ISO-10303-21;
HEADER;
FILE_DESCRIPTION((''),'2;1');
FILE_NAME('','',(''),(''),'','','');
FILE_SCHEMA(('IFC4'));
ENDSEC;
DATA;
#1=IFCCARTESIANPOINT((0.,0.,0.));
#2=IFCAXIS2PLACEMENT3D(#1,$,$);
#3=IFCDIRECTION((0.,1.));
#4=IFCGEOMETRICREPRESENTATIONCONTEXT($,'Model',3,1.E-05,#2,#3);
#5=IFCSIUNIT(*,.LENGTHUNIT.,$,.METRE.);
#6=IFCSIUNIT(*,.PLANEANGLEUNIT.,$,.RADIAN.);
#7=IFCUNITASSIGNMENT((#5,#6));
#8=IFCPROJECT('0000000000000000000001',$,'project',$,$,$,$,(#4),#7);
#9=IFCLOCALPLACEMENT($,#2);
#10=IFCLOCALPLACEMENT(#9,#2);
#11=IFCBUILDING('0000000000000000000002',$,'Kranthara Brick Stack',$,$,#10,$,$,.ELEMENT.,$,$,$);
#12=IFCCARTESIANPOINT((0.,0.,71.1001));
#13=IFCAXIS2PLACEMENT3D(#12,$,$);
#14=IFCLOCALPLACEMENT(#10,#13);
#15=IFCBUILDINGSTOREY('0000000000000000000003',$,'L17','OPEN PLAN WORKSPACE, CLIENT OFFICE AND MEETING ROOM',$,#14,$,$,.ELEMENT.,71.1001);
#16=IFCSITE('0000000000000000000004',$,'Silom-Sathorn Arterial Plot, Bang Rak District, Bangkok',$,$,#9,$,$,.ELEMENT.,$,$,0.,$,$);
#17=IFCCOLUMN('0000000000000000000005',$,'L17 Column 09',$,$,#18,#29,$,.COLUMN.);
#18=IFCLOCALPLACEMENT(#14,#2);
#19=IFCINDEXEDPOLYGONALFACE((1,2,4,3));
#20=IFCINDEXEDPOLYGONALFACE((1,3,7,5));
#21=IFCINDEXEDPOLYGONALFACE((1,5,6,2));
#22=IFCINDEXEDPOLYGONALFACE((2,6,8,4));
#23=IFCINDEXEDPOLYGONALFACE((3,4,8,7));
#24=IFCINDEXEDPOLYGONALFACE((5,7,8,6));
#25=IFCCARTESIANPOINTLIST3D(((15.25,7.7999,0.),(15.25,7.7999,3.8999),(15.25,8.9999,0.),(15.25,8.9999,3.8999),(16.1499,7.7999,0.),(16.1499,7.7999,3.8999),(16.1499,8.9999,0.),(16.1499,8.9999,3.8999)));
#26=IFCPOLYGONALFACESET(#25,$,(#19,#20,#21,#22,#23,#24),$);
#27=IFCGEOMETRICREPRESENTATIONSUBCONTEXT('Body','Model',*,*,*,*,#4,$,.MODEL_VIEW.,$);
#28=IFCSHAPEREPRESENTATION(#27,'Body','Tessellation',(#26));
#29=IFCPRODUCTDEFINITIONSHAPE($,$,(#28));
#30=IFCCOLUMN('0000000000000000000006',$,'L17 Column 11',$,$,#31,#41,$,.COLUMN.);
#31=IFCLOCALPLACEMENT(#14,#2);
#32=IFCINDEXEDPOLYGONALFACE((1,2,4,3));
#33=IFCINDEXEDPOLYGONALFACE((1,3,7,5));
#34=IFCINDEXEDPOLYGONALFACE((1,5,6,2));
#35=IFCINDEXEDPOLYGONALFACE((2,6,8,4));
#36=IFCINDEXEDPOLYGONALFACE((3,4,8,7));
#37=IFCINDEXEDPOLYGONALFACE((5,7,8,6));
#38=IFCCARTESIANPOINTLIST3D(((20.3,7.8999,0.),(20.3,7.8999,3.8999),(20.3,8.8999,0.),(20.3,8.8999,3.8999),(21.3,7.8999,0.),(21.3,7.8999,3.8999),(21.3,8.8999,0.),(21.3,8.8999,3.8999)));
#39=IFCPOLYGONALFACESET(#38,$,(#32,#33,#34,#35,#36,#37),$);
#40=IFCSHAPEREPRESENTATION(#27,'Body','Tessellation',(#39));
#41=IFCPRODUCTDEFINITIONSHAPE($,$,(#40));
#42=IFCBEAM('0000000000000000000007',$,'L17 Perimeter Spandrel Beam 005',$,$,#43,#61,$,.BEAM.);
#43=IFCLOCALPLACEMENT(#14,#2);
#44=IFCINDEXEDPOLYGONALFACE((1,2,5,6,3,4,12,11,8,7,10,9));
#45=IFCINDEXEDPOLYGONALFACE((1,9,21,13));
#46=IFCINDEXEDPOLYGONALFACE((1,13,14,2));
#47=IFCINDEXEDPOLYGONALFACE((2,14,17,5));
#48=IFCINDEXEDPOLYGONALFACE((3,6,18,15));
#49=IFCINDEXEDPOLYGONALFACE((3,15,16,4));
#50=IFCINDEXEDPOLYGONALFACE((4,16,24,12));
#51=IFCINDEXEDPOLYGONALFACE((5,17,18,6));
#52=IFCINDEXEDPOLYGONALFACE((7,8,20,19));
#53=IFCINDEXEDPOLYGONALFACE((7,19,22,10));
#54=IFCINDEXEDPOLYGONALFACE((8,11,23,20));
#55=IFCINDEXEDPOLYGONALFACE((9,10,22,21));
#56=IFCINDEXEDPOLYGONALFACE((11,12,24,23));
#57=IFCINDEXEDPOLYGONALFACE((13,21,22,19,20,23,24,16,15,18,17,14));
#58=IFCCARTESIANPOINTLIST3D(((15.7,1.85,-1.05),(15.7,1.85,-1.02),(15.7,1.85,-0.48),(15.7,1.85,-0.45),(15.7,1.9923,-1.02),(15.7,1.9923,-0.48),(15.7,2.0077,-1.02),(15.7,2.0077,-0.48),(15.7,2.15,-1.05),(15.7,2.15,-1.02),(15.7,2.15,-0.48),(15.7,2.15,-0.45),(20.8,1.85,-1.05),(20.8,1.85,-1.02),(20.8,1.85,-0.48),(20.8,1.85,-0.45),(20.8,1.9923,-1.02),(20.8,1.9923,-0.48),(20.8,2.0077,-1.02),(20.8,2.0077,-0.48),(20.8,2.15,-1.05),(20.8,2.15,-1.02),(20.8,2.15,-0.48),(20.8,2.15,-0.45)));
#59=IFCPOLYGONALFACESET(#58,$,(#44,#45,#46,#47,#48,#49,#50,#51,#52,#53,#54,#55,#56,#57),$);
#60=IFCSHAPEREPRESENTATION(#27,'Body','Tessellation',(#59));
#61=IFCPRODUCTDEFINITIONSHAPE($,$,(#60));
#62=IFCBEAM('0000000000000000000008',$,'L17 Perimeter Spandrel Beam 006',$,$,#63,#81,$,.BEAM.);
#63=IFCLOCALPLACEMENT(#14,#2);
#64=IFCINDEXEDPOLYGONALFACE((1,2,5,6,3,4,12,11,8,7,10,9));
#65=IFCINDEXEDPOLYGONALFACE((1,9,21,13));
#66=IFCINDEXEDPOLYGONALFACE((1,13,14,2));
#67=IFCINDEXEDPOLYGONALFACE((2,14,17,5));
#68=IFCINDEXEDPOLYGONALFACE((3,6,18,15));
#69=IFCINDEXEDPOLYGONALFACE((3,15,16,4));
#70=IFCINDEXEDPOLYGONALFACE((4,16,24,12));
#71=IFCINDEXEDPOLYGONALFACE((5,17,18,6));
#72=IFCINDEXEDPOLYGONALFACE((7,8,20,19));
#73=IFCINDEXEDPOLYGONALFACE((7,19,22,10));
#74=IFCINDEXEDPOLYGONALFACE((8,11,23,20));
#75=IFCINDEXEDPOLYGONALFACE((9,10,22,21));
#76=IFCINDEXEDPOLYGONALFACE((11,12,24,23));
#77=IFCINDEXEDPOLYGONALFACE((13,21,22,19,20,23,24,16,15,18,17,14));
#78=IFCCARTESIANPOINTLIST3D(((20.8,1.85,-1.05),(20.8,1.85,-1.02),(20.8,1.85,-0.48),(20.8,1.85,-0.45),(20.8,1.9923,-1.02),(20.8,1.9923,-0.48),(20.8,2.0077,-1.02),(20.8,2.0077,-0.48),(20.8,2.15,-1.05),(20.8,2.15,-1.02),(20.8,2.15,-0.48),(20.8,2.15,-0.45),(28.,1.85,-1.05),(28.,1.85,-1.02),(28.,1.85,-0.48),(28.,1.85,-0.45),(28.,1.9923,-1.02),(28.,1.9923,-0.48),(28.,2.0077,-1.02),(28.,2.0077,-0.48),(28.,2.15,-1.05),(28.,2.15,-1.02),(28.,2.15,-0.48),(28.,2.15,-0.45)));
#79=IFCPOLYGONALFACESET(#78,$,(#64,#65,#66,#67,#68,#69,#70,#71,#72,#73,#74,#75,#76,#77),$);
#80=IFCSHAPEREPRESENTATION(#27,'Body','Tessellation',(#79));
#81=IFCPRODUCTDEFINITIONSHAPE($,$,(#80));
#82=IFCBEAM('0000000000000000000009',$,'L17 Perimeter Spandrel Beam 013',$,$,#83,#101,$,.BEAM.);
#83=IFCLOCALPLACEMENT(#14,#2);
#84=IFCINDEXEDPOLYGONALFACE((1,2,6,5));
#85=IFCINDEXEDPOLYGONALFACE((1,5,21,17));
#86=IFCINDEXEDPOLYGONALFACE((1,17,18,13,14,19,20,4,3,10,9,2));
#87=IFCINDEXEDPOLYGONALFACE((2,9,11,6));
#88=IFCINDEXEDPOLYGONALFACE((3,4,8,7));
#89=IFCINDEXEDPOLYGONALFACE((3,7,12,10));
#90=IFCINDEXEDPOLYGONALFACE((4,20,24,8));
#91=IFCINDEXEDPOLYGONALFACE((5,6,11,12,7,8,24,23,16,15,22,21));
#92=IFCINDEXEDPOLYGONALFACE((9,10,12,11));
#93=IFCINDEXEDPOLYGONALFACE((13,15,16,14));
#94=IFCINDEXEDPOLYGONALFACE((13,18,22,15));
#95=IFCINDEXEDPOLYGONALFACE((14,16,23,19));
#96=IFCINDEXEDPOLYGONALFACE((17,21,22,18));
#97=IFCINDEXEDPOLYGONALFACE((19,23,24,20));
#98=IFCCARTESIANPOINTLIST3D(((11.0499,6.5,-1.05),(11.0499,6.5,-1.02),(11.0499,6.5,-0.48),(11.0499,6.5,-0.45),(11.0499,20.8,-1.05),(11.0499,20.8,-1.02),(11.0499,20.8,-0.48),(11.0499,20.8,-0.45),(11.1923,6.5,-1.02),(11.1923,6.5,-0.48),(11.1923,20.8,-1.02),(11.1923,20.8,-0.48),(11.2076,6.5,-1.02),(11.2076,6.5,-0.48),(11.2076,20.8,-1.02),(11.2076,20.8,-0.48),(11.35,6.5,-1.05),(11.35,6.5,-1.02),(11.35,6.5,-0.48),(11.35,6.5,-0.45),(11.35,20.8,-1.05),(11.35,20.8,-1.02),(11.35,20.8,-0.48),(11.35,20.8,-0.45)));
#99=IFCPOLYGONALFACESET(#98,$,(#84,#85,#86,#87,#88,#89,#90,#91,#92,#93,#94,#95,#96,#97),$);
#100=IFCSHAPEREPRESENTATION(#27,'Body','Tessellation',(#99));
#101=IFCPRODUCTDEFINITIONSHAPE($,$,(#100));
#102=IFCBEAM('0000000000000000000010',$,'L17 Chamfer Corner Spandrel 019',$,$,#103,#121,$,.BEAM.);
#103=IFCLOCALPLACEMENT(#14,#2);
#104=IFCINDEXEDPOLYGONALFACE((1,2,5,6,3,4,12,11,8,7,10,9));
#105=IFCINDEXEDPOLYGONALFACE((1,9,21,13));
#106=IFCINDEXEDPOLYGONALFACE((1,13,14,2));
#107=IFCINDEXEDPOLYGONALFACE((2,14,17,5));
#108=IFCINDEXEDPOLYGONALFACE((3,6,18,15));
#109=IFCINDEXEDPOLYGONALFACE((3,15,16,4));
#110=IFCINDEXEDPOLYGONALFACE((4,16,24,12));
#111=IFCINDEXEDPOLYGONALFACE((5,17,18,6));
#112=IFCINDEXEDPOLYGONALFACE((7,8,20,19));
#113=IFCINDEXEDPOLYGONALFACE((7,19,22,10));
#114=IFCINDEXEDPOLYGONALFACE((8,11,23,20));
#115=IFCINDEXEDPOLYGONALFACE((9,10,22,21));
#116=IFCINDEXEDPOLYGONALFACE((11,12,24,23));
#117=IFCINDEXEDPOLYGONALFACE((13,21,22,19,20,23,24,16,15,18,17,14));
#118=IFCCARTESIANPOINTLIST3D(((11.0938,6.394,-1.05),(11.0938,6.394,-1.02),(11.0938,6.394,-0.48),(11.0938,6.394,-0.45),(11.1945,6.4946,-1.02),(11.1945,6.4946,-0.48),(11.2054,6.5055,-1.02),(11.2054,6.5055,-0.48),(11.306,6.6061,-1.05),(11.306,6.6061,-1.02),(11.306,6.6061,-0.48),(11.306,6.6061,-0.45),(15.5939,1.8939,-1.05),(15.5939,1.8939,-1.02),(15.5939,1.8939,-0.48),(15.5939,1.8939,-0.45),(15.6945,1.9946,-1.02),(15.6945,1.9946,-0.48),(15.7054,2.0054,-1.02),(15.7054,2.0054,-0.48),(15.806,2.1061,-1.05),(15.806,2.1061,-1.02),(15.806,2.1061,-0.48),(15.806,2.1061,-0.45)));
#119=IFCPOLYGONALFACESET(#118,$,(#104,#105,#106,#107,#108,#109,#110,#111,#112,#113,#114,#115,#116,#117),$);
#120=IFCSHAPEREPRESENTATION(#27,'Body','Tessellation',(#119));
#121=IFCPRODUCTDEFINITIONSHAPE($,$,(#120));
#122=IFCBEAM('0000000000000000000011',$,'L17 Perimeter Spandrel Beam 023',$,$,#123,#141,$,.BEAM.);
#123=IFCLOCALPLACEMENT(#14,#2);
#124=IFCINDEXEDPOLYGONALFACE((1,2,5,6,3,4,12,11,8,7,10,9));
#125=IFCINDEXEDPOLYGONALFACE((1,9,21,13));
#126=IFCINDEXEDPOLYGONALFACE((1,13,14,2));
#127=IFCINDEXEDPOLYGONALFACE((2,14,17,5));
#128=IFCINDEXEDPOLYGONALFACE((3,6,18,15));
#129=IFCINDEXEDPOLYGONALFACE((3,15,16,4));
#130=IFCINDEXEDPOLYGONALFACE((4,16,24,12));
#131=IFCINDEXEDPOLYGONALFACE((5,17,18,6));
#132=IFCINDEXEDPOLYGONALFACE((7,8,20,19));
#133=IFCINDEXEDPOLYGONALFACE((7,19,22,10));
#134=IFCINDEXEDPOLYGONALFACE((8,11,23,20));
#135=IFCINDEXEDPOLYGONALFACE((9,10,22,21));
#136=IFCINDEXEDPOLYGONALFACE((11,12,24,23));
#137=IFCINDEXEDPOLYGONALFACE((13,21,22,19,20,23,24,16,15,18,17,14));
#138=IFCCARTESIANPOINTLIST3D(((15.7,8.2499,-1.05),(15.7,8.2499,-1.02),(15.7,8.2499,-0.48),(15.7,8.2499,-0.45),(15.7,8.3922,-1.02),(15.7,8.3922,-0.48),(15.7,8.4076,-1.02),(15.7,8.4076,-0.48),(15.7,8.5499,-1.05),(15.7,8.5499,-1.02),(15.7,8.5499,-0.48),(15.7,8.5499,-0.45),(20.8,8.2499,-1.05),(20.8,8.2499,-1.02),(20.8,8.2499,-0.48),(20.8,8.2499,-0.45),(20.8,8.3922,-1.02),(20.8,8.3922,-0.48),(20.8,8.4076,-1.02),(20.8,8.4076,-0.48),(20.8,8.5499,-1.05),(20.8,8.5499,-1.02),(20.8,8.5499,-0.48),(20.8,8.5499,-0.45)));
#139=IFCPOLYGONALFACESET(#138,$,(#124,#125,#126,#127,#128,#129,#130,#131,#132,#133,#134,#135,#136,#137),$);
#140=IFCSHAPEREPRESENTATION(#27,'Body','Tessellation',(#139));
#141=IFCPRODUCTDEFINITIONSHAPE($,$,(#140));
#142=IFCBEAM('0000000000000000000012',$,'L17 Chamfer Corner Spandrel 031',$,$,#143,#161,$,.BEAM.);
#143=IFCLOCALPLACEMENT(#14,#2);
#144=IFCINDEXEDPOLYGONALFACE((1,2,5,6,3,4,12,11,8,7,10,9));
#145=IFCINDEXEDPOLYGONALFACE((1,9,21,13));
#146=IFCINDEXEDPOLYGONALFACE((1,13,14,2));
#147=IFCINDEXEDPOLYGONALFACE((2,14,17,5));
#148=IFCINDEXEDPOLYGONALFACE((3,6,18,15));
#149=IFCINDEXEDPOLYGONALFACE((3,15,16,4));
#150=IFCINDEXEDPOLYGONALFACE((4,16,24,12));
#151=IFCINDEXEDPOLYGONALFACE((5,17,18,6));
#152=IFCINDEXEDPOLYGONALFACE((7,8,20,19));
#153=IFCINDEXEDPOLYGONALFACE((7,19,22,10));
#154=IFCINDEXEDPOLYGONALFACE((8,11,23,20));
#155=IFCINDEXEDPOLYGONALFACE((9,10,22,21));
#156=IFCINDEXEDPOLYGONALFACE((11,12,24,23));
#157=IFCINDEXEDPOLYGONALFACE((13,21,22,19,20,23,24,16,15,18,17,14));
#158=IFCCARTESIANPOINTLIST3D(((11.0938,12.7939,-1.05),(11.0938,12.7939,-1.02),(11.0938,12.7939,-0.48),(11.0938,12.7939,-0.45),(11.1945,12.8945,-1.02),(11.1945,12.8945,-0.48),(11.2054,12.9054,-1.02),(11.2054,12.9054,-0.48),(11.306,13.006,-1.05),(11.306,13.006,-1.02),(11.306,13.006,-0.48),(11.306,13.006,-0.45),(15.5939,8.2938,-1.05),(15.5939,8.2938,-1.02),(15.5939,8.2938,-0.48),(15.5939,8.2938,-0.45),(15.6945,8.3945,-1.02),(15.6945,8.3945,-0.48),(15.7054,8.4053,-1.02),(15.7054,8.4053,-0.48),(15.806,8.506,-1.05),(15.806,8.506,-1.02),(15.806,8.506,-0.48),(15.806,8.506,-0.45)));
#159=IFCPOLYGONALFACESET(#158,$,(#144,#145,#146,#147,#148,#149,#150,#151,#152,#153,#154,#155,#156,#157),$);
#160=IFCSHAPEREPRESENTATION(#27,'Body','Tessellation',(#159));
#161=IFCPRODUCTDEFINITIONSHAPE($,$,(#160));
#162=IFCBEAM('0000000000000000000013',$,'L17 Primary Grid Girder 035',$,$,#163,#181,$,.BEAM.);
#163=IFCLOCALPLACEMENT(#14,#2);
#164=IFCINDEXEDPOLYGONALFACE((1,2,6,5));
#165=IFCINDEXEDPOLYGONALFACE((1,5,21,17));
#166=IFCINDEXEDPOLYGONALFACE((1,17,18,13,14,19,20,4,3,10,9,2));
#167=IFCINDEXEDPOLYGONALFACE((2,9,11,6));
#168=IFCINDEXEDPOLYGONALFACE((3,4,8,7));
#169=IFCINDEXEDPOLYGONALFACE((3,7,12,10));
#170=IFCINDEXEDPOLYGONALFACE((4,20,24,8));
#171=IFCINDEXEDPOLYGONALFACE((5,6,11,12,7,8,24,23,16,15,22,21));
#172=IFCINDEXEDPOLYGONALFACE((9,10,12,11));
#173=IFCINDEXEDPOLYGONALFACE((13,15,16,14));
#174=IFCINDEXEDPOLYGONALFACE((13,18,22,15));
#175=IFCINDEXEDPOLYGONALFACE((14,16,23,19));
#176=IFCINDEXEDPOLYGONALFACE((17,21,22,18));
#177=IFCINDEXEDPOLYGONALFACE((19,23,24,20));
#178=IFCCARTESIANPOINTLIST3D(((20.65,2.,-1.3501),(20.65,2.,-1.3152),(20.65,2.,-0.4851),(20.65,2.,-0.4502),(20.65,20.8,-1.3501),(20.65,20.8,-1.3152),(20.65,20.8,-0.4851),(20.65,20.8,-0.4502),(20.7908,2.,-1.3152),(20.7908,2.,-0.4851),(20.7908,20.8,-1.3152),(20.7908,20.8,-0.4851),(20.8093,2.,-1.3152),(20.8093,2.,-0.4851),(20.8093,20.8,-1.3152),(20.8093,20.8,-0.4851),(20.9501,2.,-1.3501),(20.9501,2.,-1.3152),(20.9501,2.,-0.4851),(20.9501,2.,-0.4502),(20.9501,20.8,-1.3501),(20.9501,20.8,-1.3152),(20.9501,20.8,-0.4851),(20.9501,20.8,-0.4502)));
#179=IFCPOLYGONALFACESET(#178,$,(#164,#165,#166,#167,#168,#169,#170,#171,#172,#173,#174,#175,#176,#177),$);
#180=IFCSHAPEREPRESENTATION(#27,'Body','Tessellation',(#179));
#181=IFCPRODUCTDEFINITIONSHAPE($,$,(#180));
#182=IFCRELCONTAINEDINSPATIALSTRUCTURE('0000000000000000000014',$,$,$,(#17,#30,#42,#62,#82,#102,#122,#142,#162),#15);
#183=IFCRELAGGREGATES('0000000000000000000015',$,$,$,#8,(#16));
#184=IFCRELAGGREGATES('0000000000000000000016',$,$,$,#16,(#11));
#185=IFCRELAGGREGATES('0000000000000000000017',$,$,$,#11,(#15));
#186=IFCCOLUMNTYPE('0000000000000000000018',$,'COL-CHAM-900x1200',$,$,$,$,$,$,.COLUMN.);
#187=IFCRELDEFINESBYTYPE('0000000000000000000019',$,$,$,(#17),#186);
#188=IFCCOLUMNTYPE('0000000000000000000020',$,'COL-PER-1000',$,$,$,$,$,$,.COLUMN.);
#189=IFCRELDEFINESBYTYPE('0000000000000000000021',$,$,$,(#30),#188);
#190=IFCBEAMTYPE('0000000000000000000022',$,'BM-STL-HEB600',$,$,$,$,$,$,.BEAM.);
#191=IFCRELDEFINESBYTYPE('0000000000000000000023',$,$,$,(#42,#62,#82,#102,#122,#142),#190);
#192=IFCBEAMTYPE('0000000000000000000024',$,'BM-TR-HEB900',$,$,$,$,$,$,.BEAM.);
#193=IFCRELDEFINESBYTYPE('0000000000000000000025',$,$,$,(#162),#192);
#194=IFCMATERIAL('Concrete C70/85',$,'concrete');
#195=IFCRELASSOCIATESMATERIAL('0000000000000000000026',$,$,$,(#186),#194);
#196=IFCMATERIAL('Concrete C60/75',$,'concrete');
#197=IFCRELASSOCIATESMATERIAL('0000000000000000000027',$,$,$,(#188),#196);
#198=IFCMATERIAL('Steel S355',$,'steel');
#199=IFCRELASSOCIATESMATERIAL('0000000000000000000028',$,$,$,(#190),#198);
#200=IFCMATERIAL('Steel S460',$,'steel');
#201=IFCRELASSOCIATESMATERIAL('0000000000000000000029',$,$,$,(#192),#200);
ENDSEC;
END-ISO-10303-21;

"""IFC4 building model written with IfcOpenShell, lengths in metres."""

from ifc_helpers import new_model, si_unit, direction, frame, origin, origin_2d, place, context, subcontext, project, spatial, rectangle, i_section, extrude, material, material_profile, profile_set, type_object, element, save


model = new_model("IFC4")

# Units and contexts
model_context = context("Model", 3, precision=1e-05, world=origin(), true_north=direction((0.0, 1.0)))
body_context = subcontext(model_context, "Body", "Model", "MODEL_VIEW")
ifc_project = project(units=[si_unit("LENGTHUNIT", "METRE"), si_unit("PLANEANGLEUNIT", "RADIAN")], contexts=[model_context])

# Site, building, storey
site_placement = place(None, origin())
site = spatial("IfcSite", under=ifc_project, at=site_placement, Name="Silom-Sathorn Arterial Plot, Bang Rak District, Bangkok", CompositionType="ELEMENT", RefElevation=0.0)
building_placement = place(site_placement, origin())
building = spatial("IfcBuilding", under=site, at=building_placement, Name="Kranthara Brick Stack", CompositionType="ELEMENT")
storey_placement = place(building_placement, frame((0.0, 0.0, 71.1001)))
storey = spatial("IfcBuildingStorey", under=building, at=storey_placement, Name="L17", Description="OPEN PLAN WORKSPACE, CLIENT OFFICE AND MEETING ROOM", CompositionType="ELEMENT", Elevation=71.1001)

# Columns
ifc_material_1 = material(Name="Concrete C70/85", Category="concrete")
ifc_material_profile_1 = material_profile(ifc_material_1, rectangle(XDim=0.8999, YDim=1.2, at=origin_2d()), Name="RC 900x1200")
ifc_profile_set_1 = profile_set([ifc_material_profile_1], Name="Concrete C70/85")
column_type_1 = type_object("IfcColumnType", Name="COL-CHAM-900x1200", PredefinedType="COLUMN", material=ifc_profile_set_1)
column_1_placement = place(storey_placement, frame((15.7, 8.3999, 0.0), z_axis=(0.0, 0.0, 1.0), x_axis=(1.0, 0.0, 0.0)))
element("IfcColumn", 1, at=column_1_placement, inside=storey, type_object=column_type_1, Name="L17 Column 09", PredefinedType="COLUMN", context=body_context, shape_type="SweptSolid", body=[
    extrude(rectangle(XDim=0.8999, YDim=1.2, at=origin_2d()), origin(), (0.0, 0.0, 1.0), 3.8999),
])
ifc_material_2 = material(Name="Concrete C60/75", Category="concrete")
ifc_material_profile_2 = material_profile(ifc_material_2, rectangle(XDim=1.0, YDim=1.0, at=origin_2d()), Name="RC 1000x1000")
ifc_profile_set_2 = profile_set([ifc_material_profile_2], Name="Concrete C60/75")
column_type_2 = type_object("IfcColumnType", Name="COL-PER-1000", PredefinedType="COLUMN", material=ifc_profile_set_2)
column_2_placement = place(storey_placement, frame((20.8, 8.3999, 0.0), z_axis=(0.0, 0.0, 1.0), x_axis=(1.0, 0.0, 0.0)))
element("IfcColumn", 2, at=column_2_placement, inside=storey, type_object=column_type_2, Name="L17 Column 11", PredefinedType="COLUMN", context=body_context, shape_type="SweptSolid", body=[
    extrude(rectangle(XDim=1.0, YDim=1.0, at=origin_2d()), origin(), (0.0, 0.0, 1.0), 3.8999),
])

# Beams
ifc_material_3 = material(Name="Steel S355", Category="steel")
ifc_material_profile_3 = material_profile(ifc_material_3, i_section(OverallWidth=0.3, OverallDepth=0.6001, WebThickness=0.0154, FlangeThickness=0.03, at=origin_2d()), Name="HEB 600")
ifc_profile_set_3 = profile_set([ifc_material_profile_3], Name="Steel S355")
beam_type_1 = type_object("IfcBeamType", Name="BM-STL-HEB600", PredefinedType="BEAM", material=ifc_profile_set_3)
beam_1_placement = place(storey_placement, frame((15.7, 2.0, -0.75), z_axis=(1.0, 0.0, 0.0), x_axis=(0.0, 1.0, 0.0)))
element("IfcBeam", 3, at=beam_1_placement, inside=storey, type_object=beam_type_1, Name="L17 Perimeter Spandrel Beam 005", PredefinedType="BEAM", context=body_context, shape_type="SweptSolid", body=[
    extrude(i_section(OverallWidth=0.3, OverallDepth=0.6001, WebThickness=0.0154, FlangeThickness=0.03, at=origin_2d()), origin(), (0.0, 0.0, 1.0), 5.1001),
])
beam_2_placement = place(storey_placement, frame((20.8, 2.0, -0.75), z_axis=(1.0, 0.0, 0.0), x_axis=(0.0, 1.0, 0.0)))
element("IfcBeam", 4, at=beam_2_placement, inside=storey, type_object=beam_type_1, Name="L17 Perimeter Spandrel Beam 006", PredefinedType="BEAM", context=body_context, shape_type="SweptSolid", body=[
    extrude(i_section(OverallWidth=0.3, OverallDepth=0.6001, WebThickness=0.0154, FlangeThickness=0.03, at=origin_2d()), origin(), (0.0, 0.0, 1.0), 7.2),
])
beam_3_placement = place(storey_placement, frame((11.2, 6.5, -0.75), z_axis=(0.0, 1.0, 0.0), x_axis=(-1.0, 0.0, 0.0)))
element("IfcBeam", 5, at=beam_3_placement, inside=storey, type_object=beam_type_1, Name="L17 Perimeter Spandrel Beam 013", PredefinedType="BEAM", context=body_context, shape_type="SweptSolid", body=[
    extrude(i_section(OverallWidth=0.3, OverallDepth=0.6001, WebThickness=0.0154, FlangeThickness=0.03, at=origin_2d()), origin(), (0.0, 0.0, 1.0), 14.3),
])
beam_4_placement = place(storey_placement, frame((15.7, 2.0, -0.75), z_axis=(-0.707107, 0.707107, 0.0), x_axis=(-0.707107, -0.707107, 0.0)))
element("IfcBeam", 6, at=beam_4_placement, inside=storey, type_object=beam_type_1, Name="L17 Chamfer Corner Spandrel 019", PredefinedType="BEAM", context=body_context, shape_type="SweptSolid", body=[
    extrude(i_section(OverallWidth=0.3, OverallDepth=0.6001, WebThickness=0.0154, FlangeThickness=0.03, at=origin_2d()), origin(), (0.0, 0.0, 1.0), 6.364),
])
beam_5_placement = place(storey_placement, frame((15.7, 8.3999, -0.75), z_axis=(1.0, 0.0, 0.0), x_axis=(0.0, 1.0, 0.0)))
element("IfcBeam", 7, at=beam_5_placement, inside=storey, type_object=beam_type_1, Name="L17 Perimeter Spandrel Beam 023", PredefinedType="BEAM", context=body_context, shape_type="SweptSolid", body=[
    extrude(i_section(OverallWidth=0.3, OverallDepth=0.6001, WebThickness=0.0154, FlangeThickness=0.03, at=origin_2d()), origin(), (0.0, 0.0, 1.0), 5.1001),
])
beam_6_placement = place(storey_placement, frame((15.7, 8.3999, -0.75), z_axis=(-0.707107, 0.707107, 0.0), x_axis=(-0.707107, -0.707107, 0.0)))
element("IfcBeam", 8, at=beam_6_placement, inside=storey, type_object=beam_type_1, Name="L17 Chamfer Corner Spandrel 031", PredefinedType="BEAM", context=body_context, shape_type="SweptSolid", body=[
    extrude(i_section(OverallWidth=0.3, OverallDepth=0.6001, WebThickness=0.0154, FlangeThickness=0.03, at=origin_2d()), origin(), (0.0, 0.0, 1.0), 6.364),
])
ifc_material_4 = material(Name="Steel S460", Category="steel")
ifc_material_profile_4 = material_profile(ifc_material_4, i_section(OverallWidth=0.3, OverallDepth=0.8999, WebThickness=0.0186, FlangeThickness=0.0349, at=origin_2d()), Name="HEB 900")
ifc_profile_set_4 = profile_set([ifc_material_profile_4], Name="Steel S460")
beam_type_2 = type_object("IfcBeamType", Name="BM-TR-HEB900", PredefinedType="BEAM", material=ifc_profile_set_4)
beam_7_placement = place(storey_placement, frame((20.8, 2.0, -0.9001), z_axis=(0.0, 1.0, 0.0), x_axis=(-1.0, 0.0, 0.0)))
element("IfcBeam", 9, at=beam_7_placement, inside=storey, type_object=beam_type_2, Name="L17 Primary Grid Girder 035", PredefinedType="BEAM", context=body_context, shape_type="SweptSolid", body=[
    extrude(i_section(OverallWidth=0.3, OverallDepth=0.8999, WebThickness=0.0186, FlangeThickness=0.0349, at=origin_2d()), origin(), (0.0, 0.0, 1.0), 18.8),
])

save(model, "model.ifc")
